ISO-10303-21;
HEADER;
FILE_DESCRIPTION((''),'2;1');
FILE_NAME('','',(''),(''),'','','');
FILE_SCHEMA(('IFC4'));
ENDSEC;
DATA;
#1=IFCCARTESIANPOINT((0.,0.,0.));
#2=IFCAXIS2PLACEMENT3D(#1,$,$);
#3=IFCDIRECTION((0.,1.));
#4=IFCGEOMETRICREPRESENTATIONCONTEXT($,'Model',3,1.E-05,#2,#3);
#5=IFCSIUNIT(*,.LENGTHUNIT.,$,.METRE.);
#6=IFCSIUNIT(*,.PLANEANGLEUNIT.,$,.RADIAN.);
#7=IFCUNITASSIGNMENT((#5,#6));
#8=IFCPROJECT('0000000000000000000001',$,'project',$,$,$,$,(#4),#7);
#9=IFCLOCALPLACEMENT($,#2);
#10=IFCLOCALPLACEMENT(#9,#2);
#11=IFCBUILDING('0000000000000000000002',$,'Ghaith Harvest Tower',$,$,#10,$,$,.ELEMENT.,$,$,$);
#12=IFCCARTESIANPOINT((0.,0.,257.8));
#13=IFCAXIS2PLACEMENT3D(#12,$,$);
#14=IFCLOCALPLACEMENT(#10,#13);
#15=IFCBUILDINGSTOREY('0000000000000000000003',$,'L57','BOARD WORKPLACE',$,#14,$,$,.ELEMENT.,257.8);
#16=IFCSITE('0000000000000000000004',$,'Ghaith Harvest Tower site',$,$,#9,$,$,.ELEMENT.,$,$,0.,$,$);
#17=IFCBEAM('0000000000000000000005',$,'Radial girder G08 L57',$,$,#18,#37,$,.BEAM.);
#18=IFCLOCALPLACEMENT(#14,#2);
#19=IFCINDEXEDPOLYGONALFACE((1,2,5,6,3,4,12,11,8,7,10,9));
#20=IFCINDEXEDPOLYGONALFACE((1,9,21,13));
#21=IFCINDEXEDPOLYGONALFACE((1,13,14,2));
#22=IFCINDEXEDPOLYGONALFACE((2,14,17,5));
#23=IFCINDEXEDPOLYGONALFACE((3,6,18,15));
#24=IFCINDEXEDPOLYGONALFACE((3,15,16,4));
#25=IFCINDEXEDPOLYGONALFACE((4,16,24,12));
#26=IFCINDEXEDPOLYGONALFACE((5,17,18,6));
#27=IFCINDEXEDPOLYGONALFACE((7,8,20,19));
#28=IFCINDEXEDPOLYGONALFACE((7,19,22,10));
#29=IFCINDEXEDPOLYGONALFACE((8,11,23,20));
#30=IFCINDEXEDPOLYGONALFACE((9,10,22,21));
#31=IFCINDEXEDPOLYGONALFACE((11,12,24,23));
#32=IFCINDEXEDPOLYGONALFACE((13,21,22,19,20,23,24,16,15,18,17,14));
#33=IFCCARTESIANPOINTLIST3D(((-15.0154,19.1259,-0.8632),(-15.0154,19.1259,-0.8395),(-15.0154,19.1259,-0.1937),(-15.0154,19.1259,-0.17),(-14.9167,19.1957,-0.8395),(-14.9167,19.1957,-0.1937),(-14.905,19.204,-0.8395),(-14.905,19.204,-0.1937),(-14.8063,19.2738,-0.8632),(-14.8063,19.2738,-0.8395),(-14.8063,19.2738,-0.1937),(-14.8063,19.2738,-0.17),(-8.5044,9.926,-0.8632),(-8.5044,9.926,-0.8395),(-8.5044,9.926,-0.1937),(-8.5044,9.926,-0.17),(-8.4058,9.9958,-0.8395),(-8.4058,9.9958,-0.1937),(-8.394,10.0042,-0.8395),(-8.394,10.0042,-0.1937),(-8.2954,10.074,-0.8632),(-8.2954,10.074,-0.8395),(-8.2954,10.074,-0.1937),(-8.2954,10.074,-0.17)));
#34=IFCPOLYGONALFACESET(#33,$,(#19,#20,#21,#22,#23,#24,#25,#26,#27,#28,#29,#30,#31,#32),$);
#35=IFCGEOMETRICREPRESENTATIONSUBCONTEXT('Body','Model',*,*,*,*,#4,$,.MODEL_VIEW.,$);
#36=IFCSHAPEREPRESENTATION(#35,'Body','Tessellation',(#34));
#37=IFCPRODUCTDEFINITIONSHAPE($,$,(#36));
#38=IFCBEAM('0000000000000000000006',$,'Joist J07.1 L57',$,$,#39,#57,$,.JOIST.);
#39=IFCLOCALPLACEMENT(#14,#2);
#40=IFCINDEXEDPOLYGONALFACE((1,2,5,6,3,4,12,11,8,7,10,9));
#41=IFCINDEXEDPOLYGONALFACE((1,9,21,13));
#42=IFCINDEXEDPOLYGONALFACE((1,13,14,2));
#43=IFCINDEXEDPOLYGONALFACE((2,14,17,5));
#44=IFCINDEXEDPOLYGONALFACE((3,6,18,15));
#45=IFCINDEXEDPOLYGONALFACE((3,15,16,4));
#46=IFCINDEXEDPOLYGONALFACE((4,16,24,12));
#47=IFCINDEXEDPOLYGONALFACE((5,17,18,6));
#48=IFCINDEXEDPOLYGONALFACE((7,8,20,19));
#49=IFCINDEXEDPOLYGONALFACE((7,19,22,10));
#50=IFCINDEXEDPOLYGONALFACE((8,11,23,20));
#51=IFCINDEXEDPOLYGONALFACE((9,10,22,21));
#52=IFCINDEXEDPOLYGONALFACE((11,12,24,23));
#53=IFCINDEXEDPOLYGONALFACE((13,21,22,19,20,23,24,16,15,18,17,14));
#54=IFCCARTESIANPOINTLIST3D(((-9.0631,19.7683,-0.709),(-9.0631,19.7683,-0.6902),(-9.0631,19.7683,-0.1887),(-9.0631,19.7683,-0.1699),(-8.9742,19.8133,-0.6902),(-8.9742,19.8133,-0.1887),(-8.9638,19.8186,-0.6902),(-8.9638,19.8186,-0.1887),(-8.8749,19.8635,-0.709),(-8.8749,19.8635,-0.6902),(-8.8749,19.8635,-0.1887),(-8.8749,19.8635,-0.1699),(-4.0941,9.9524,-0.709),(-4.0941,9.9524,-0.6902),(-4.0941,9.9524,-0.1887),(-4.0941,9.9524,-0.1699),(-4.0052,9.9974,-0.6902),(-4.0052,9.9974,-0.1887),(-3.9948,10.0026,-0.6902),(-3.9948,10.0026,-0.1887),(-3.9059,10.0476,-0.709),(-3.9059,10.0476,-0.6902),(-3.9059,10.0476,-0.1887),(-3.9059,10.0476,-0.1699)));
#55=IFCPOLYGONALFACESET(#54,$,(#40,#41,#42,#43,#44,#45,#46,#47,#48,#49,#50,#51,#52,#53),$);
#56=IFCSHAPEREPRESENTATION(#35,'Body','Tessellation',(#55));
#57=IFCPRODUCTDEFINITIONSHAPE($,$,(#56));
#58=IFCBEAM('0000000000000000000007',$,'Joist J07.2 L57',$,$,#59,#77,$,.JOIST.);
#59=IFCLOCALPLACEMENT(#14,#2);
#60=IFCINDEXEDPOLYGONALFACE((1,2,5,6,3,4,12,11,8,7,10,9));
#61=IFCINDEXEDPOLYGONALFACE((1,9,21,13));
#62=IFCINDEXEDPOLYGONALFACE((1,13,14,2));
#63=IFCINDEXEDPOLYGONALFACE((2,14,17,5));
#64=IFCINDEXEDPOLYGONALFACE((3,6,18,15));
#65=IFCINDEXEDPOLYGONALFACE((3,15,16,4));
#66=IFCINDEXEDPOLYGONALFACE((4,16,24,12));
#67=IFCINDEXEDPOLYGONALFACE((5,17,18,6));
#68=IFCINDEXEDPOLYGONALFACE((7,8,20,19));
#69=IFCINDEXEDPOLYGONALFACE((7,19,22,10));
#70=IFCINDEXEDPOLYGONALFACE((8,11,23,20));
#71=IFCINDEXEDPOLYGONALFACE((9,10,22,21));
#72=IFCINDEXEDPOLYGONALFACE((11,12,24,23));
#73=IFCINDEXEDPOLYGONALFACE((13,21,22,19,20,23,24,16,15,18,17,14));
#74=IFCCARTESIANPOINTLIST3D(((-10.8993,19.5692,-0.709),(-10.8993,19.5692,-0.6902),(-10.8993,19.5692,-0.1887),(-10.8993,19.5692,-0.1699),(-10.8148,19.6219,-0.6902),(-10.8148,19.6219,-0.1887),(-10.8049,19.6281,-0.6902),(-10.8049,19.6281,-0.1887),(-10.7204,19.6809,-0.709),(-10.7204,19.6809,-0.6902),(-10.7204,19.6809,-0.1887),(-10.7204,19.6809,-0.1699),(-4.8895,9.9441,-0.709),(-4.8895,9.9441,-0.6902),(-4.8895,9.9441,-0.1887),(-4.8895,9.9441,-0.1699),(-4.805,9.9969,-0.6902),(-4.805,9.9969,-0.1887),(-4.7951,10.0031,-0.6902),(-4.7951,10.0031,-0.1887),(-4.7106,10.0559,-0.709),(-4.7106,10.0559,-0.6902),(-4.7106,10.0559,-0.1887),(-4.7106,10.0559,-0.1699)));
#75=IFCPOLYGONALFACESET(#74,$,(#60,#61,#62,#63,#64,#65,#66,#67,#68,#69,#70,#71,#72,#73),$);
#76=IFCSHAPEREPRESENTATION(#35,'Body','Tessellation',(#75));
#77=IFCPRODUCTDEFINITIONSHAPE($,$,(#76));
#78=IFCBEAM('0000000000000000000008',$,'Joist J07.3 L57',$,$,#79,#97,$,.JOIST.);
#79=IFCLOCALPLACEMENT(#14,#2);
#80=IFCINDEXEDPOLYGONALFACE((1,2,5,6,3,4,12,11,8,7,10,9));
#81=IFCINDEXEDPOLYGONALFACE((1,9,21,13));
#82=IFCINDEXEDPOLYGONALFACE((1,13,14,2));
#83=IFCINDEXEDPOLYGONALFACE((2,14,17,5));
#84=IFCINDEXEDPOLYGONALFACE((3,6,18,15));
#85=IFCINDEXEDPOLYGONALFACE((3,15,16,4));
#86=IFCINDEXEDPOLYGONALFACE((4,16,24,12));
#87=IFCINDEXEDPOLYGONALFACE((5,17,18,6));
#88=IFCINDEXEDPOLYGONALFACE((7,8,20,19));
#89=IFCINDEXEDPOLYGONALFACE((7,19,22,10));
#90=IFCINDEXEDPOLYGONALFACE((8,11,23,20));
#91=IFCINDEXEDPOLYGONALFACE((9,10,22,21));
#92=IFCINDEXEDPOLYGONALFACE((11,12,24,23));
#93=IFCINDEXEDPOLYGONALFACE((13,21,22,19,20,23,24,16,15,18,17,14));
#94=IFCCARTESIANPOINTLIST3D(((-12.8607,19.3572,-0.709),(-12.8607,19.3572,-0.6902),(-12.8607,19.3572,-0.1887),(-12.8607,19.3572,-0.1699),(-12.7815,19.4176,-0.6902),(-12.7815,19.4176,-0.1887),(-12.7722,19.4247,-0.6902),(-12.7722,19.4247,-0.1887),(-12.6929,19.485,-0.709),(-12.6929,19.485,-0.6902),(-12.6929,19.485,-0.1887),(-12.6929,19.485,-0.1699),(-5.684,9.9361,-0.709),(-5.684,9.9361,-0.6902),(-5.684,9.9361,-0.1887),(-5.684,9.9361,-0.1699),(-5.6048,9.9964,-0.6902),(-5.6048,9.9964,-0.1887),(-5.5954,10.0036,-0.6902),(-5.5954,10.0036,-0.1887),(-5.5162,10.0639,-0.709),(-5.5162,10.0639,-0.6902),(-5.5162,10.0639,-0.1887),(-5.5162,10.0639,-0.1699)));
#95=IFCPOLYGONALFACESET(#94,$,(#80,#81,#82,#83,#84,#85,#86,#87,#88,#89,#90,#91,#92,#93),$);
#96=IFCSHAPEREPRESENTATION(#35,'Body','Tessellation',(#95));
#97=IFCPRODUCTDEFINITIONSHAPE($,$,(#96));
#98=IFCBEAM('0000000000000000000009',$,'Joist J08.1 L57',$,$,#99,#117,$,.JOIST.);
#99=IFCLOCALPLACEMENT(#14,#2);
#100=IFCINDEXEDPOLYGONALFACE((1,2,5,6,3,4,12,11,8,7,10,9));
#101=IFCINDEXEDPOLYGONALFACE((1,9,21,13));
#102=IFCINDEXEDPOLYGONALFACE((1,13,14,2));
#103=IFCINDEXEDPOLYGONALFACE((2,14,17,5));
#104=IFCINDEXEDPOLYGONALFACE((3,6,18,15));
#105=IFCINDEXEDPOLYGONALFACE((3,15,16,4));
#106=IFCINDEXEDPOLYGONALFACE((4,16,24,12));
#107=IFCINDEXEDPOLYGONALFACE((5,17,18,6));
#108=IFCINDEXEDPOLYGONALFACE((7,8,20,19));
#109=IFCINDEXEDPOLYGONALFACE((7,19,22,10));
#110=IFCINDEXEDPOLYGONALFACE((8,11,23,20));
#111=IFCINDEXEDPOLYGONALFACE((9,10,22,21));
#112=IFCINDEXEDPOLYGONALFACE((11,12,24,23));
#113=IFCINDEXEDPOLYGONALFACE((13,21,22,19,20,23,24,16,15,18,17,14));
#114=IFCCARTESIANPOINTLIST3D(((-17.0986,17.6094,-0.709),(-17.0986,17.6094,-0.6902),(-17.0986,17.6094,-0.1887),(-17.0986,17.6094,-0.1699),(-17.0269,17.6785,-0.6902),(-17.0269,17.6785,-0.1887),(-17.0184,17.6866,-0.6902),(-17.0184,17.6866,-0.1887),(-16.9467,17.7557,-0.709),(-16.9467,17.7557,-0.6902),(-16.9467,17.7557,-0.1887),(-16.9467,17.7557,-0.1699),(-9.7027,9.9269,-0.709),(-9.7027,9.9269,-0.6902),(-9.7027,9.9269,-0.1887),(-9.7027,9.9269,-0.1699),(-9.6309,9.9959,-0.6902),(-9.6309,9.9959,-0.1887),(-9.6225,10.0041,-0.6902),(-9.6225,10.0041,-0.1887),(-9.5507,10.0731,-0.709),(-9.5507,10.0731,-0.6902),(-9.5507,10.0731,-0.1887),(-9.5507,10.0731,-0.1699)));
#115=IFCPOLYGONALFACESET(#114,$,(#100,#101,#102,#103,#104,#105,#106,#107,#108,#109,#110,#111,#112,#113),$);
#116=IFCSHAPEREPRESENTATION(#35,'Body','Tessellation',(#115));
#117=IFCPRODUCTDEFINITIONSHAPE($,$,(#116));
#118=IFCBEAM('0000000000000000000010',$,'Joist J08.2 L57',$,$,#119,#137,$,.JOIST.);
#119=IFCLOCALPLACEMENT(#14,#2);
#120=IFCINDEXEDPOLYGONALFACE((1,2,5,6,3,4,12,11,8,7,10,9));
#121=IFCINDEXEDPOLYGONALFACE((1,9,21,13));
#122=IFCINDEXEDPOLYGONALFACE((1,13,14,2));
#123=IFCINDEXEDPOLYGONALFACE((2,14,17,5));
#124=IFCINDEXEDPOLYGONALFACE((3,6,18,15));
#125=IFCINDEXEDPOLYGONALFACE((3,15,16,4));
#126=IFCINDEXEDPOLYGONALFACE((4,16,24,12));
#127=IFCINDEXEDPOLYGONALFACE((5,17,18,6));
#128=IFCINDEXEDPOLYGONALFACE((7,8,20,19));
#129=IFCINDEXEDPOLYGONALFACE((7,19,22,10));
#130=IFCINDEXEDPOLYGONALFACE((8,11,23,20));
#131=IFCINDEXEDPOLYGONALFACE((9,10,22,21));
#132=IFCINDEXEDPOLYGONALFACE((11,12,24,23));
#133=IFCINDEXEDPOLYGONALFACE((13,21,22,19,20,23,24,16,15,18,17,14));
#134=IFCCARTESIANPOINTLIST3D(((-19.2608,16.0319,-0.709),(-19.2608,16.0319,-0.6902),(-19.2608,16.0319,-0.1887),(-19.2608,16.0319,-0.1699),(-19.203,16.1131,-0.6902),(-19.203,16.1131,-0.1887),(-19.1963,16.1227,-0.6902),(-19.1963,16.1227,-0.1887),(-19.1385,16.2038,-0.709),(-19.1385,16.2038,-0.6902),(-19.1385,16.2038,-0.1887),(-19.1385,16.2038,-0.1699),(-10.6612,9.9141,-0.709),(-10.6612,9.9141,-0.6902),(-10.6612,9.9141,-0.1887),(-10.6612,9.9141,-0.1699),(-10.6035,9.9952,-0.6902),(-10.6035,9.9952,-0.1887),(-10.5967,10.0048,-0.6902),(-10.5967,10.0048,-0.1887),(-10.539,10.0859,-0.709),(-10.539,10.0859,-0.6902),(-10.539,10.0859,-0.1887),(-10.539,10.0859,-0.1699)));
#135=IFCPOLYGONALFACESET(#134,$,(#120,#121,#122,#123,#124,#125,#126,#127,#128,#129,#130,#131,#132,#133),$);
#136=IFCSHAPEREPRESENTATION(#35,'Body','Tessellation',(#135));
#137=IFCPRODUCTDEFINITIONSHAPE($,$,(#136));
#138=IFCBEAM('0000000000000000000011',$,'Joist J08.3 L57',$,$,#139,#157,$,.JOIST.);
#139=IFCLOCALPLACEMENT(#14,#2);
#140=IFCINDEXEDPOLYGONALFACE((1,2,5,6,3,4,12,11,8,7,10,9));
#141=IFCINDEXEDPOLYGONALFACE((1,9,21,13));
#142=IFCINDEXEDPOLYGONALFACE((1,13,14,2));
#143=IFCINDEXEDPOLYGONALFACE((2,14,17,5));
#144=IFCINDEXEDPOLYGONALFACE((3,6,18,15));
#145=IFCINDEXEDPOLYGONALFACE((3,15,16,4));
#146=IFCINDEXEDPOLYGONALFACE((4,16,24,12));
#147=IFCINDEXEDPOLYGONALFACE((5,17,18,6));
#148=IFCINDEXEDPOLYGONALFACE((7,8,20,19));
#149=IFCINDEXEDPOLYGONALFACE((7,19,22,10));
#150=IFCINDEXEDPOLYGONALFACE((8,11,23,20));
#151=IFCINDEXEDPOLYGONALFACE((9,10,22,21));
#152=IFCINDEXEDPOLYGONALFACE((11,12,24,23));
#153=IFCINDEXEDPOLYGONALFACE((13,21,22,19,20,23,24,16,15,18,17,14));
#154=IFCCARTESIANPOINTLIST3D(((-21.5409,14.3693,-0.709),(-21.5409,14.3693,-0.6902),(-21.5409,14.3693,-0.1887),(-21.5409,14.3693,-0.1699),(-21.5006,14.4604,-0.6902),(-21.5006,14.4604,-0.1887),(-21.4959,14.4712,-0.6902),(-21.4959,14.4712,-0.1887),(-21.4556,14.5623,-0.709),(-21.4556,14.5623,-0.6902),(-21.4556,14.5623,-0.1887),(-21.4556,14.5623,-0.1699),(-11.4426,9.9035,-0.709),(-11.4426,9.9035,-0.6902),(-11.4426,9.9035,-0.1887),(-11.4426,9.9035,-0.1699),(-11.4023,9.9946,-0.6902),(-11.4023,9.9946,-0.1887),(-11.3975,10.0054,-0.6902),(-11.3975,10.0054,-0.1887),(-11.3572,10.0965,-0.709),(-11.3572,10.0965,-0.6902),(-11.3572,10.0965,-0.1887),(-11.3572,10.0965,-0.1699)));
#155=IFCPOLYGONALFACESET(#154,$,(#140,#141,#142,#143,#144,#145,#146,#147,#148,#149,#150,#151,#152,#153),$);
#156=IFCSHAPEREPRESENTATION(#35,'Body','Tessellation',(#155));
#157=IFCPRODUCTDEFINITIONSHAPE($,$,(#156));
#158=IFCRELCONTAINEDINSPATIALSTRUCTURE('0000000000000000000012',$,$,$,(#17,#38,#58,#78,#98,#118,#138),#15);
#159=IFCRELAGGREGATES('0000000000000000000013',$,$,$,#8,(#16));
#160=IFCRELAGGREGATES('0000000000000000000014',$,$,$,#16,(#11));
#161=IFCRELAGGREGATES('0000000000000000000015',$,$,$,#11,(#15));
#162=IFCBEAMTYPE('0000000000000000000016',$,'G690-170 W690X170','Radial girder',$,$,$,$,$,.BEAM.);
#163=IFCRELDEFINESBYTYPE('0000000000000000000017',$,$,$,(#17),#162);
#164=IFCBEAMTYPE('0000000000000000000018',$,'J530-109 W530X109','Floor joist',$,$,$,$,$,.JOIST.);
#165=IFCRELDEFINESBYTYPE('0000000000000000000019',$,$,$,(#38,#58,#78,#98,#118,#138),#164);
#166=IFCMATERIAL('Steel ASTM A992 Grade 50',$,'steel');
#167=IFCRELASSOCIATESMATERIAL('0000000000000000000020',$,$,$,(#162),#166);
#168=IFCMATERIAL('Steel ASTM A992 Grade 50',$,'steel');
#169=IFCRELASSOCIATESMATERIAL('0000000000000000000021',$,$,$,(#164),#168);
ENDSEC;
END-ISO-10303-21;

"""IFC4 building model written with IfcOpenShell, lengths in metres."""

from ifc_helpers import new_model, si_unit, direction, frame, origin, origin_2d, place, context, subcontext, project, spatial, i_section, extrude, material, material_profile, profile_set, type_object, element, save


model = new_model("IFC4")

# Units and contexts
model_context = context("Model", 3, precision=1e-05, world=origin(), true_north=direction((0.0, 1.0)))
body_context = subcontext(model_context, "Body", "Model", "MODEL_VIEW")
ifc_project = project(units=[si_unit("LENGTHUNIT", "METRE"), si_unit("PLANEANGLEUNIT", "RADIAN")], contexts=[model_context])

# Site, building, storey
site_placement = place(None, origin())
site = spatial("IfcSite", under=ifc_project, at=site_placement, Name="Ghaith Harvest Tower site", CompositionType="ELEMENT", RefElevation=0.0)
building_placement = place(site_placement, origin())
building = spatial("IfcBuilding", under=site, at=building_placement, Name="Ghaith Harvest Tower", CompositionType="ELEMENT")
storey_placement = place(building_placement, frame((0.0, 0.0, 257.8)))
storey = spatial("IfcBuildingStorey", under=building, at=storey_placement, Name="L57", Description="BOARD WORKPLACE", CompositionType="ELEMENT", Elevation=257.8)

# Beams
ifc_material_1 = material(Name="Steel ASTM A992 Grade 50", Category="steel")
ifc_material_profile_1 = material_profile(ifc_material_1, i_section(OverallWidth=0.2561, OverallDepth=0.6931, WebThickness=0.0144, FlangeThickness=0.0237, at=origin_2d()), Name="W690X170")
ifc_profile_set_1 = profile_set([ifc_material_profile_1], Name="Steel ASTM A992 Grade 50")
beam_type_1 = type_object("IfcBeamType", Name="G690-170 W690X170", Description="Radial girder", PredefinedType="BEAM", material=ifc_profile_set_1)
beam_1_placement = place(storey_placement, frame((-8.3999, 10.0, -0.5166), z_axis=(-0.577684, 0.816261, 0.0), x_axis=(-0.816261, -0.577684, 0.0)))
element("IfcBeam", 1, at=beam_1_placement, inside=storey, type_object=beam_type_1, Name="Radial girder G08 L57", PredefinedType="BEAM", context=body_context, shape_type="SweptSolid", body=[
    extrude(i_section(OverallWidth=0.2561, OverallDepth=0.6931, WebThickness=0.0144, FlangeThickness=0.0237, at=origin_2d()), origin(), (0.0, 0.0, 1.0), 11.2708),
])
ifc_material_2 = material(Name="Steel ASTM A992 Grade 50", Category="steel")
ifc_material_profile_2 = material_profile(ifc_material_2, i_section(OverallWidth=0.2109, OverallDepth=0.5391, WebThickness=0.0117, FlangeThickness=0.0188, at=origin_2d()), Name="W530X109")
ifc_profile_set_2 = profile_set([ifc_material_profile_2], Name="Steel ASTM A992 Grade 50")
beam_type_2 = type_object("IfcBeamType", Name="J530-109 W530X109", Description="Floor joist", PredefinedType="JOIST", material=ifc_profile_set_2)
beam_2_placement = place(storey_placement, frame((-4.0, 10.0, -0.4395), z_axis=(-0.451646, 0.892197, 0.0), x_axis=(-0.892197, -0.451646, 0.0)))
element("IfcBeam", 2, at=beam_2_placement, inside=storey, type_object=beam_type_2, Name="Joist J07.1 L57", PredefinedType="JOIST", context=body_context, shape_type="SweptSolid", body=[
    extrude(i_section(OverallWidth=0.2109, OverallDepth=0.5391, WebThickness=0.0117, FlangeThickness=0.0188, at=origin_2d()), origin(), (0.0, 0.0, 1.0), 11.002),
])
beam_3_placement = place(storey_placement, frame((-4.8, 10.0, -0.4395), z_axis=(-0.529628, 0.84823, 0.0), x_axis=(-0.84823, -0.529628, 0.0)))
element("IfcBeam", 3, at=beam_3_placement, inside=storey, type_object=beam_type_2, Name="Joist J07.2 L57", PredefinedType="JOIST", context=body_context, shape_type="SweptSolid", body=[
    extrude(i_section(OverallWidth=0.2109, OverallDepth=0.5391, WebThickness=0.0117, FlangeThickness=0.0188, at=origin_2d()), origin(), (0.0, 0.0, 1.0), 11.3472),
])
beam_4_placement = place(storey_placement, frame((-5.6001, 10.0, -0.4395), z_axis=(-0.605976, 0.795483, 0.0), x_axis=(-0.795483, -0.605976, 0.0)))
element("IfcBeam", 4, at=beam_4_placement, inside=storey, type_object=beam_type_2, Name="Joist J07.3 L57", PredefinedType="JOIST", context=body_context, shape_type="SweptSolid", body=[
    extrude(i_section(OverallWidth=0.2109, OverallDepth=0.5391, WebThickness=0.0117, FlangeThickness=0.0188, at=origin_2d()), origin(), (0.0, 0.0, 1.0), 11.8433),
])
beam_5_placement = place(storey_placement, frame((-9.6267, 10.0, -0.4395), z_axis=(-0.69354, 0.720418, 0.0), x_axis=(-0.720418, -0.69354, 0.0)))
element("IfcBeam", 5, at=beam_5_placement, inside=storey, type_object=beam_type_2, Name="Joist J08.1 L57", PredefinedType="JOIST", context=body_context, shape_type="SweptSolid", body=[
    extrude(i_section(OverallWidth=0.2109, OverallDepth=0.5391, WebThickness=0.0117, FlangeThickness=0.0188, at=origin_2d()), origin(), (0.0, 0.0, 1.0), 10.6641),
])
beam_6_placement = place(storey_placement, frame((-10.6001, 10.0, -0.4395), z_axis=(-0.814837, 0.57969, 0.0), x_axis=(-0.57969, -0.814837, 0.0)))
element("IfcBeam", 6, at=beam_6_placement, inside=storey, type_object=beam_type_2, Name="Joist J08.2 L57", PredefinedType="JOIST", context=body_context, shape_type="SweptSolid", body=[
    extrude(i_section(OverallWidth=0.2109, OverallDepth=0.5391, WebThickness=0.0117, FlangeThickness=0.0188, at=origin_2d()), origin(), (0.0, 0.0, 1.0), 10.5537),
])
beam_7_placement = place(storey_placement, frame((-11.3999, 10.0, -0.4395), z_axis=(-0.914561, 0.404447, 0.0), x_axis=(-0.404447, -0.914561, 0.0)))
element("IfcBeam", 7, at=beam_7_placement, inside=storey, type_object=beam_type_2, Name="Joist J08.3 L57", PredefinedType="JOIST", context=body_context, shape_type="SweptSolid", body=[
    extrude(i_section(OverallWidth=0.2109, OverallDepth=0.5391, WebThickness=0.0117, FlangeThickness=0.0188, at=origin_2d()), origin(), (0.0, 0.0, 1.0), 11.0417),
])

save(model, "model.ifc")
